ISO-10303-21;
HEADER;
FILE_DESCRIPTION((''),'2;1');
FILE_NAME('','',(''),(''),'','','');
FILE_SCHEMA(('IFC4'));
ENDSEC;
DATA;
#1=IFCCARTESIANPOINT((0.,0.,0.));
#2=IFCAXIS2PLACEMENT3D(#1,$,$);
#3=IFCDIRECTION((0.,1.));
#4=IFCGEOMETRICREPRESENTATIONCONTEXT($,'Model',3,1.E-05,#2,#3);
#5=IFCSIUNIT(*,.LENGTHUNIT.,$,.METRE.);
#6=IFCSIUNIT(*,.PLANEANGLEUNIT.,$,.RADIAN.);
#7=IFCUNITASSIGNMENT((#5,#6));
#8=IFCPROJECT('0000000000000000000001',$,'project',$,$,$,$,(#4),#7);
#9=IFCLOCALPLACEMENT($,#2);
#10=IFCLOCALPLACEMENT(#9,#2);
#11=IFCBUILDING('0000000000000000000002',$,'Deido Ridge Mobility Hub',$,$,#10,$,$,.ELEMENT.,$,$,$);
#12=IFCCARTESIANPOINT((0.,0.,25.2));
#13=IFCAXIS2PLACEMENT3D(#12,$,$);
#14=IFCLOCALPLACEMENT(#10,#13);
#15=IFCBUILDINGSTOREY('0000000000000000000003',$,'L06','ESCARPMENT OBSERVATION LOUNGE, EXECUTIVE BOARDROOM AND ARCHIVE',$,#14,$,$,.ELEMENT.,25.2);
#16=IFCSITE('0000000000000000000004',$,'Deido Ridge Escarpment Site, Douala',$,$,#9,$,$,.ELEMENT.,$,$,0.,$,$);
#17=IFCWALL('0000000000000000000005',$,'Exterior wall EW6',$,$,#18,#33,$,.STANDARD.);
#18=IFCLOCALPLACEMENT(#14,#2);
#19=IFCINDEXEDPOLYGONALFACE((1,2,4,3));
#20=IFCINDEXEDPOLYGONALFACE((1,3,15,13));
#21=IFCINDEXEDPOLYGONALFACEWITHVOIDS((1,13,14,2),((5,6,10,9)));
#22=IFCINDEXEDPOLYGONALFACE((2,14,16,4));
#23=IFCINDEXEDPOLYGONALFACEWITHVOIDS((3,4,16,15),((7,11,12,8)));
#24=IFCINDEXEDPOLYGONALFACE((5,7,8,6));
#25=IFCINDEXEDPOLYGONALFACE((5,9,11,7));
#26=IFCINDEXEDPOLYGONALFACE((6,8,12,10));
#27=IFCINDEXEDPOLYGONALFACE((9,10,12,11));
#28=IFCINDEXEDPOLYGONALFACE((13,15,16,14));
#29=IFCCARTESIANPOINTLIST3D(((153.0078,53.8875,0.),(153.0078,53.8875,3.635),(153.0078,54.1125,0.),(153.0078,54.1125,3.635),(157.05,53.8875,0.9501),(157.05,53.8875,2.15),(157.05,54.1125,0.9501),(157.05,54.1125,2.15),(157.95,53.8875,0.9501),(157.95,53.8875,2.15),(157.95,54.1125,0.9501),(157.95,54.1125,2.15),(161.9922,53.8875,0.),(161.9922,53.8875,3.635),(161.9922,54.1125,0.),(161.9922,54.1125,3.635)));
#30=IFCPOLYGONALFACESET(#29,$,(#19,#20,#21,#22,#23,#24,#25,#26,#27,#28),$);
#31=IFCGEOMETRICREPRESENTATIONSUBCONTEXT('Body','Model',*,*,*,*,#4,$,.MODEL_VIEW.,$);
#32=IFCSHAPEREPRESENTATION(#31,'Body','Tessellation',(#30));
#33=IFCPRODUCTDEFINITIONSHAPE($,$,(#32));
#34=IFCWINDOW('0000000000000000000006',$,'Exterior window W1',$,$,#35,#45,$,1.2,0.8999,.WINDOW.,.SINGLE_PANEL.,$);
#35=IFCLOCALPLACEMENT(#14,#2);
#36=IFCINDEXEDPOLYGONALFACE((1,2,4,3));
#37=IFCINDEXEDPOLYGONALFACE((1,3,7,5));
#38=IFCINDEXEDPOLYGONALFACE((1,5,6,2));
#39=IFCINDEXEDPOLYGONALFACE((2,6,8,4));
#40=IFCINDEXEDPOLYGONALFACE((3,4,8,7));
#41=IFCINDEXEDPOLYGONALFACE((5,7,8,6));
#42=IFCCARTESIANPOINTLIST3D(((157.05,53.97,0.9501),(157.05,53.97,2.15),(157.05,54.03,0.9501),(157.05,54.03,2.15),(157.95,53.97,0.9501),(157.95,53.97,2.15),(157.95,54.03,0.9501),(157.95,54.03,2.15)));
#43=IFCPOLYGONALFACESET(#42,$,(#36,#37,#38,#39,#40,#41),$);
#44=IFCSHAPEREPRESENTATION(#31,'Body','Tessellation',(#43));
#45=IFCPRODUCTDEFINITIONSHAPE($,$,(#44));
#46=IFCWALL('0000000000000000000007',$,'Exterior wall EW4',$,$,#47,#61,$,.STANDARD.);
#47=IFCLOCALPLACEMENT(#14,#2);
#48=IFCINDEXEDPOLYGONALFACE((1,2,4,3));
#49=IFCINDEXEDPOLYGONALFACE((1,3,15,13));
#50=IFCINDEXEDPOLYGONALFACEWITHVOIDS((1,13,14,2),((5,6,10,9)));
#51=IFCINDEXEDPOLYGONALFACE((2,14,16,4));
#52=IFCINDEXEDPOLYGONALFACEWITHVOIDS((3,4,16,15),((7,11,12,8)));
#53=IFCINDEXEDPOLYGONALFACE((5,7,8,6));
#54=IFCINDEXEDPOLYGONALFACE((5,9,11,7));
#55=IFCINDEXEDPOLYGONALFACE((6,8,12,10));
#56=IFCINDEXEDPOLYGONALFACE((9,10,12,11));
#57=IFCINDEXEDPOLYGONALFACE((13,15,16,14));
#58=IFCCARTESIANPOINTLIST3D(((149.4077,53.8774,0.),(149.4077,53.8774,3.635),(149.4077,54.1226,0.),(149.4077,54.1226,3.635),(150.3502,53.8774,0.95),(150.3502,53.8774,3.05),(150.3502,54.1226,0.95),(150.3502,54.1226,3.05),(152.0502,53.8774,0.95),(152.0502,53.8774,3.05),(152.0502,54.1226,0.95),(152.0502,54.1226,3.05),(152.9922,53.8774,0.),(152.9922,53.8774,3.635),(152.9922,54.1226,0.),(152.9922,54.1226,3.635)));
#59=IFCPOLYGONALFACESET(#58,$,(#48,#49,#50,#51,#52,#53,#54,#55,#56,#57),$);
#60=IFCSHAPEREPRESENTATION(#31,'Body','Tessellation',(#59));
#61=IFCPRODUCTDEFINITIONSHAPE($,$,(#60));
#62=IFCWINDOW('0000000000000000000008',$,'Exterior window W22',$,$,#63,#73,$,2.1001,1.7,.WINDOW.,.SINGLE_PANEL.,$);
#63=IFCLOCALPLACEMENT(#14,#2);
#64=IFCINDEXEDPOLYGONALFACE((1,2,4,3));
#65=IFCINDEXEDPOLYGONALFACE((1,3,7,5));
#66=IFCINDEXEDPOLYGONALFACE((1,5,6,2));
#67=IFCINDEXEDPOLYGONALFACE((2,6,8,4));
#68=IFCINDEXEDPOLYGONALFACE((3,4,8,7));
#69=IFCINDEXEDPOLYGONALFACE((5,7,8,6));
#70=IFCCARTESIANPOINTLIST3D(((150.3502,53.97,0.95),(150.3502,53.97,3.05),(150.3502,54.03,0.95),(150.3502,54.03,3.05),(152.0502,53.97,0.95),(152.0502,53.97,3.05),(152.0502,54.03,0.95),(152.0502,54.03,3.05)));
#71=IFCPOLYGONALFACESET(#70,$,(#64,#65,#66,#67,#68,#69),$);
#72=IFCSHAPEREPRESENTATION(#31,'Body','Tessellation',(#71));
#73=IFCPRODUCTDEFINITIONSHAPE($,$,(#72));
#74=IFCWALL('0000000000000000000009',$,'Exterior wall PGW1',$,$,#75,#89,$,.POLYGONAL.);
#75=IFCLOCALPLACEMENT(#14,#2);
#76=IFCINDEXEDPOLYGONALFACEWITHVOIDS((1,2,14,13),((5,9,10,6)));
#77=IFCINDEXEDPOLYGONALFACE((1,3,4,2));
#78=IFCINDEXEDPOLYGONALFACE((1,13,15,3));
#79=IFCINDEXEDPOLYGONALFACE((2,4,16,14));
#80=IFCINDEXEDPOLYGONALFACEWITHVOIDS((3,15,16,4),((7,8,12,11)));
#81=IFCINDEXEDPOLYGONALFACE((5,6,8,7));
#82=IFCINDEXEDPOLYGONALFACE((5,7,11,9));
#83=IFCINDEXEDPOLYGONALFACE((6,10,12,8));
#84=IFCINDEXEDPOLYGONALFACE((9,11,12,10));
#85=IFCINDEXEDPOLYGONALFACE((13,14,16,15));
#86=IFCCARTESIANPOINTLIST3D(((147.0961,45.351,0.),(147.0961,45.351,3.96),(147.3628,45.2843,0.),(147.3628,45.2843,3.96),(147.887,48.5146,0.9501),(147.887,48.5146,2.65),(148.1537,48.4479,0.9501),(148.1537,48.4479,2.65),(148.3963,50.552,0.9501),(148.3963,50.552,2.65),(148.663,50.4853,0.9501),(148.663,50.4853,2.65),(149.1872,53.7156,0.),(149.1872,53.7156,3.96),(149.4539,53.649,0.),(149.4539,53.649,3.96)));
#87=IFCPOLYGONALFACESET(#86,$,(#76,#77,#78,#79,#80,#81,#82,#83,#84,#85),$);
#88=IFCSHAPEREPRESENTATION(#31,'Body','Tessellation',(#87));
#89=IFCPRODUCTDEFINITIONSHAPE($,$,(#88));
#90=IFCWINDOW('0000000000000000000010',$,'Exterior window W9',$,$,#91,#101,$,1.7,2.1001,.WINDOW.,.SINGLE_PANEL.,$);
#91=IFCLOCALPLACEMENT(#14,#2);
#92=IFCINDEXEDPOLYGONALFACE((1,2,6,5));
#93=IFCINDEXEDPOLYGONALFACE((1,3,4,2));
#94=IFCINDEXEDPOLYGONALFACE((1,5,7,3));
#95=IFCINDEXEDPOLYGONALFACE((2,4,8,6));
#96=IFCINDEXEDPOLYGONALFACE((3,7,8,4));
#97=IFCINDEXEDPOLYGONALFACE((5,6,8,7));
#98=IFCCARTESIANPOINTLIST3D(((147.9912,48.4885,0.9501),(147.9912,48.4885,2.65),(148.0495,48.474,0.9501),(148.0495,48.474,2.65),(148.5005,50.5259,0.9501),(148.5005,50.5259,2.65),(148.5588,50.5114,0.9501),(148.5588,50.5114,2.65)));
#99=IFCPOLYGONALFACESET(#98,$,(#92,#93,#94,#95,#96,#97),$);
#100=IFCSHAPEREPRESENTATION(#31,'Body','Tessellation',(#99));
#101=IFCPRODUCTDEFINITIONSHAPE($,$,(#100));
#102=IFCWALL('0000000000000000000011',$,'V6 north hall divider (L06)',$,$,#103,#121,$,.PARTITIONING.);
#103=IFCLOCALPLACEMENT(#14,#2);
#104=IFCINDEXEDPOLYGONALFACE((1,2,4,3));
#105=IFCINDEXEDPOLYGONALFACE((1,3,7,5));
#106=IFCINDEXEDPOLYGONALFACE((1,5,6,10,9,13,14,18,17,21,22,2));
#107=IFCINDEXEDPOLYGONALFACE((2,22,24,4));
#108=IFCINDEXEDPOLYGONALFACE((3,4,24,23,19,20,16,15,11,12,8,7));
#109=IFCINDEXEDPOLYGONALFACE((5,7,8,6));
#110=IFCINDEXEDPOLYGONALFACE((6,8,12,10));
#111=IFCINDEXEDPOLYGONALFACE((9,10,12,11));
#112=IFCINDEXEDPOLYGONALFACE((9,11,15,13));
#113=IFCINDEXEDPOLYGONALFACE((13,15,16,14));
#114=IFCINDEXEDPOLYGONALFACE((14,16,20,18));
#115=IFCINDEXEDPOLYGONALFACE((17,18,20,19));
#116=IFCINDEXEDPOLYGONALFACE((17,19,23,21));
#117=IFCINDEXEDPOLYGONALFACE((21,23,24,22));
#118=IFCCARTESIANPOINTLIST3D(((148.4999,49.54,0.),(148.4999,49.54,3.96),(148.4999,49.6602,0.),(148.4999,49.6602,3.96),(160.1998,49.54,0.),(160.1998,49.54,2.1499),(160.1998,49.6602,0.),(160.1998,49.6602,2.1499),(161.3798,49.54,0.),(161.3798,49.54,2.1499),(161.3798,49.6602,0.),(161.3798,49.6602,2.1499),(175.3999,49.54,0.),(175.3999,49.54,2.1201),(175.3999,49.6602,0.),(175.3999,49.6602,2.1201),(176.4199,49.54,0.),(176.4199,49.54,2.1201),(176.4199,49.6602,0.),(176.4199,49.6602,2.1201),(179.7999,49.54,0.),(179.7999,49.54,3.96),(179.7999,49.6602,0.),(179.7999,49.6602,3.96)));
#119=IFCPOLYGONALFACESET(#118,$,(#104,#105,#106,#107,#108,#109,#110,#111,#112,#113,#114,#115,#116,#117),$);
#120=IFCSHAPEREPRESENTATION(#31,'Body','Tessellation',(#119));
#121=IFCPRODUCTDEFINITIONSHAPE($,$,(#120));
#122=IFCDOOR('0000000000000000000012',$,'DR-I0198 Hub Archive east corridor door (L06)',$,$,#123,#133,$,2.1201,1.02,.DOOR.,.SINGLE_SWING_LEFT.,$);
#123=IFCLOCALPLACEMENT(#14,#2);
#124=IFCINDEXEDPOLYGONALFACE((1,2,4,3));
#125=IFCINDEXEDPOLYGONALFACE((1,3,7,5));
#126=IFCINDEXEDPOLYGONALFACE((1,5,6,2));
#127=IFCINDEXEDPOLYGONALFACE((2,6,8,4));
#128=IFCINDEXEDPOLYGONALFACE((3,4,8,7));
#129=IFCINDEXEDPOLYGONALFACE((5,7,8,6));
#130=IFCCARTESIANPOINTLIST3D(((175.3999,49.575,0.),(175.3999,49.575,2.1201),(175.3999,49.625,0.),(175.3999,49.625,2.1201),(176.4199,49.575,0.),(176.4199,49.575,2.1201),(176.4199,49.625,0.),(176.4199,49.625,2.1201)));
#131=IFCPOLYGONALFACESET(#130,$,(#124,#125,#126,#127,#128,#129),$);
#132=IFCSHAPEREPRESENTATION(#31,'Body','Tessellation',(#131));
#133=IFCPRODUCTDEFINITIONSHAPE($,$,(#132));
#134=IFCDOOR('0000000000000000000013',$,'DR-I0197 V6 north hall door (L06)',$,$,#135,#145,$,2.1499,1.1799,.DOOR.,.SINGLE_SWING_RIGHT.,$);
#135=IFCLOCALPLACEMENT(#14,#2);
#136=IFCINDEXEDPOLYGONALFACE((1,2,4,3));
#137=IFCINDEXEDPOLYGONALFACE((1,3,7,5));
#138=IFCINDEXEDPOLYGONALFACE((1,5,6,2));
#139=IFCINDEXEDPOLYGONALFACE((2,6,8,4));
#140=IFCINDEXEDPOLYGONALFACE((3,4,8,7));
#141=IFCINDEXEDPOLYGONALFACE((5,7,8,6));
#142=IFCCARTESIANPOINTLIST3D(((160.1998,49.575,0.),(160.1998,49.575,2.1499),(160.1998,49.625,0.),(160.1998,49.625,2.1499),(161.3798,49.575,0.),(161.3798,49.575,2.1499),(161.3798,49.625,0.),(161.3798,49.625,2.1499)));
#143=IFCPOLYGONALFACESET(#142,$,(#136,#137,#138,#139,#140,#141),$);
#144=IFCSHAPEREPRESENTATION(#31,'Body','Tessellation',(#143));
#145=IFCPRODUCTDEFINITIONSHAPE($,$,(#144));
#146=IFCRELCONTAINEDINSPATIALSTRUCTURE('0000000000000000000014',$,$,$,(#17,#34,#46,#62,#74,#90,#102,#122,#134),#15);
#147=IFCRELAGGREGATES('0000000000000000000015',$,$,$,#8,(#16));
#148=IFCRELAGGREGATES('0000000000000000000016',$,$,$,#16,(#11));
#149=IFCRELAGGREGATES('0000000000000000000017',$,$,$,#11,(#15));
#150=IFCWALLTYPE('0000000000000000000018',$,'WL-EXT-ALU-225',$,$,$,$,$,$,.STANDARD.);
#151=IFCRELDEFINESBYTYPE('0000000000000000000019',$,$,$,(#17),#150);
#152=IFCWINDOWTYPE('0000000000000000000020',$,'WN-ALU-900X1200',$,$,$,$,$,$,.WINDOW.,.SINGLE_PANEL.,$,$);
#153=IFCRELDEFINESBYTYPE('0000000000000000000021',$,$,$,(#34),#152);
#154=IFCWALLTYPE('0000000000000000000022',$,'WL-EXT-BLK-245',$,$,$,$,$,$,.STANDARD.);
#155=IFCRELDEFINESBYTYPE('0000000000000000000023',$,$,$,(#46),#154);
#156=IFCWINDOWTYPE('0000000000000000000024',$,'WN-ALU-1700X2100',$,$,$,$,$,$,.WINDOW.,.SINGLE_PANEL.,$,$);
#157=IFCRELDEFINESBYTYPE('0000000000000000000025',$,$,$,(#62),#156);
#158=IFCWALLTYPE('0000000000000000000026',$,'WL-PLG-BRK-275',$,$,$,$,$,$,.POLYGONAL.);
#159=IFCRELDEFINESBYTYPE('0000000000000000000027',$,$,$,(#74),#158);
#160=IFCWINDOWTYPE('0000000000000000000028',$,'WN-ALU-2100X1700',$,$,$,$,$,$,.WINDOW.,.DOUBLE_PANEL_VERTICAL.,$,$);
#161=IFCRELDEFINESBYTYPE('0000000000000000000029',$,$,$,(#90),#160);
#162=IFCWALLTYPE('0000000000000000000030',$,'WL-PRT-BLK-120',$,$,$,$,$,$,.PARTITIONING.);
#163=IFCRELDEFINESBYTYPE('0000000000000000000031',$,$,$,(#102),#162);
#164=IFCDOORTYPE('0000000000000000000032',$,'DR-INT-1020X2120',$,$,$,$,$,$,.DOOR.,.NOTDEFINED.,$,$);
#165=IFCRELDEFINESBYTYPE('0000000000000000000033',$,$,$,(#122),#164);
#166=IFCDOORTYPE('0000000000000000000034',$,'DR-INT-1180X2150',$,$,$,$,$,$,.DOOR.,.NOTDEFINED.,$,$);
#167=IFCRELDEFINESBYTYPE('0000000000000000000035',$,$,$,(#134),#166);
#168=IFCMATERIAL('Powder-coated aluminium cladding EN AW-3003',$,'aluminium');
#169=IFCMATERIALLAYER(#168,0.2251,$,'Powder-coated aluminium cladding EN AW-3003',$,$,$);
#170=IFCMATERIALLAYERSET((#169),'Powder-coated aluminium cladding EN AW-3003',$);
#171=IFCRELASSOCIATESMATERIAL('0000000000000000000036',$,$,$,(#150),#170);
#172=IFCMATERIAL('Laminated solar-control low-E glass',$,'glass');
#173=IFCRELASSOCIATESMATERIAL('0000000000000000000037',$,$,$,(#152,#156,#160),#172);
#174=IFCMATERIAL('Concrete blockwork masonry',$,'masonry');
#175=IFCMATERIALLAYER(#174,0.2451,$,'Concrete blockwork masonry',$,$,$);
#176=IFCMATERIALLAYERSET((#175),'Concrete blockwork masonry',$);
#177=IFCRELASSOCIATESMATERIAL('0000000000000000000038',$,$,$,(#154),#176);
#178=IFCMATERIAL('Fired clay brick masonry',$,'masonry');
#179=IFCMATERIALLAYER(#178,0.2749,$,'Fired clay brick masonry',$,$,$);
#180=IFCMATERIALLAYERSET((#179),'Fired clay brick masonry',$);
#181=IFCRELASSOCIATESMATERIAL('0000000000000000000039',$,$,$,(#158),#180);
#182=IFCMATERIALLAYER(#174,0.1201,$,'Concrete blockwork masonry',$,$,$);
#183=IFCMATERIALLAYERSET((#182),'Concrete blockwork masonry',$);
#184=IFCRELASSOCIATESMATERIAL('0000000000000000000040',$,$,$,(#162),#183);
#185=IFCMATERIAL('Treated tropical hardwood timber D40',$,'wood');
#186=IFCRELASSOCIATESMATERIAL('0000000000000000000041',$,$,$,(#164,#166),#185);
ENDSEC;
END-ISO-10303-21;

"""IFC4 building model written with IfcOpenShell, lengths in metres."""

from ifc_helpers import new_model, si_unit, direction, frame, frame_2d, origin, place, context, subcontext, project, spatial, rectangle, extrude, material, layer, layer_set, type_object, element, fill, save


model = new_model("IFC4")

# Units and contexts
model_context = context("Model", 3, precision=1e-05, world=origin(), true_north=direction((0.0, 1.0)))
body_context = subcontext(model_context, "Body", "Model", "MODEL_VIEW")
ifc_project = project(units=[si_unit("LENGTHUNIT", "METRE"), si_unit("PLANEANGLEUNIT", "RADIAN")], contexts=[model_context])

# Site, building, storey
site_placement = place(None, origin())
site = spatial("IfcSite", under=ifc_project, at=site_placement, Name="Deido Ridge Escarpment Site, Douala", CompositionType="ELEMENT", RefElevation=0.0)
building_placement = place(site_placement, origin())
building = spatial("IfcBuilding", under=site, at=building_placement, Name="Deido Ridge Mobility Hub", CompositionType="ELEMENT")
storey_placement = place(building_placement, frame((0.0, 0.0, 25.2)))
storey = spatial("IfcBuildingStorey", under=building, at=storey_placement, Name="L06", Description="ESCARPMENT OBSERVATION LOUNGE, EXECUTIVE BOARDROOM AND ARCHIVE", CompositionType="ELEMENT", Elevation=25.2)

# Shared definitions
ifc_material_1 = material(Name="Laminated solar-control low-E glass", Category="glass")

# Walls, openings, windows
ifc_material_2 = material(Name="Powder-coated aluminium cladding EN AW-3003", Category="aluminium")
ifc_layer_1 = layer(ifc_material_2, 0.2251, Name="Powder-coated aluminium cladding EN AW-3003")
ifc_layer_set_1 = layer_set([ifc_layer_1], Name="Powder-coated aluminium cladding EN AW-3003")
wall_type_1 = type_object("IfcWallType", Name="WL-EXT-ALU-225", PredefinedType="STANDARD", material=ifc_layer_set_1)
wall_1_placement = place(storey_placement, frame((153.0078, 54.0, 0.0), z_axis=(0.0, 0.0, 1.0), x_axis=(1.0, 0.0, 0.0)))
wall_1 = element("IfcWall", 1, at=wall_1_placement, inside=storey, type_object=wall_type_1, Name="Exterior wall EW6", PredefinedType="STANDARD", context=body_context, shape_type="SweptSolid", body=[
    extrude(rectangle(XDim=8.9844, YDim=0.2251, at=frame_2d((4.4922, 0.0))), origin(), (0.0, 0.0, 1.0), 3.635),
])
opening_1_placement = place(wall_1_placement, frame((4.0422, 0.0, 0.95)))
opening_1 = element("IfcOpeningElement", 2, at=opening_1_placement, cuts=wall_1, PredefinedType="OPENING", context=body_context, shape_type="SweptSolid", body=[
    extrude(rectangle(XDim=0.8999, YDim=1.2, at=frame_2d((0.45, 0.6001))), frame((0.0, 0.1226, 0.0), z_axis=(0.0, -1.0, 0.0), x_axis=(1.0, 0.0, 0.0)), (0.0, 0.0, 1.0), 0.2451),
])
window_type_1 = type_object("IfcWindowType", Name="WN-ALU-900X1200", PartitioningType="SINGLE_PANEL", PredefinedType="WINDOW", material=ifc_material_1)
window_1_placement = place(opening_1_placement, origin())
window_1 = element("IfcWindow", 3, at=window_1_placement, inside=storey, type_object=window_type_1, Name="Exterior window W1", OverallHeight=1.2, OverallWidth=0.8999, PartitioningType="SINGLE_PANEL", PredefinedType="WINDOW", context=body_context, shape_type="SweptSolid", body=[
    extrude(rectangle(XDim=0.8999, YDim=1.2, at=frame_2d((0.45, 0.6001))), frame((0.0, 0.03, 0.0), z_axis=(0.0, -1.0, 0.0), x_axis=(1.0, 0.0, 0.0)), (0.0, 0.0, 1.0), 0.0601),
])
fill(opening_1, window_1)
ifc_material_3 = material(Name="Concrete blockwork masonry", Category="masonry")
ifc_layer_2 = layer(ifc_material_3, 0.2451, Name="Concrete blockwork masonry")
ifc_layer_set_2 = layer_set([ifc_layer_2], Name="Concrete blockwork masonry")
wall_type_2 = type_object("IfcWallType", Name="WL-EXT-BLK-245", PredefinedType="STANDARD", material=ifc_layer_set_2)
wall_2_placement = place(storey_placement, frame((149.4077, 54.0, 0.0), z_axis=(0.0, 0.0, 1.0), x_axis=(1.0, 0.0, 0.0)))
wall_2 = element("IfcWall", 4, at=wall_2_placement, inside=storey, type_object=wall_type_2, Name="Exterior wall EW4", PredefinedType="STANDARD", context=body_context, shape_type="SweptSolid", body=[
    extrude(rectangle(XDim=3.5845, YDim=0.2451, at=frame_2d((1.7922, 0.0))), origin(), (0.0, 0.0, 1.0), 3.635),
])
opening_2_placement = place(wall_2_placement, frame((0.9424, 0.0, 0.95)))
opening_2 = element("IfcOpeningElement", 5, at=opening_2_placement, cuts=wall_2, PredefinedType="OPENING", context=body_context, shape_type="SweptSolid", body=[
    extrude(rectangle(XDim=1.7, YDim=2.1001, at=frame_2d((0.8501, 1.05))), frame((0.0, 0.1326, 0.0), z_axis=(0.0, -1.0, 0.0), x_axis=(1.0, 0.0, 0.0)), (0.0, 0.0, 1.0), 0.2651),
])
window_type_2 = type_object("IfcWindowType", Name="WN-ALU-1700X2100", PartitioningType="SINGLE_PANEL", PredefinedType="WINDOW", material=ifc_material_1)
window_2_placement = place(opening_2_placement, origin())
window_2 = element("IfcWindow", 6, at=window_2_placement, inside=storey, type_object=window_type_2, Name="Exterior window W22", OverallHeight=2.1001, OverallWidth=1.7, PartitioningType="SINGLE_PANEL", PredefinedType="WINDOW", context=body_context, shape_type="SweptSolid", body=[
    extrude(rectangle(XDim=1.7, YDim=2.1001, at=frame_2d((0.8501, 1.05))), frame((0.0, 0.03, 0.0), z_axis=(0.0, -1.0, 0.0), x_axis=(1.0, 0.0, 0.0)), (0.0, 0.0, 1.0), 0.0601),
])
fill(opening_2, window_2)
ifc_material_4 = material(Name="Fired clay brick masonry", Category="masonry")
ifc_layer_3 = layer(ifc_material_4, 0.2749, Name="Fired clay brick masonry")
ifc_layer_set_3 = layer_set([ifc_layer_3], Name="Fired clay brick masonry")
wall_type_3 = type_object("IfcWallType", Name="WL-PLG-BRK-275", PredefinedType="POLYGONAL", material=ifc_layer_set_3)
wall_3_placement = place(storey_placement, frame((147.2295, 45.3176, 0.0), z_axis=(0.0, 0.0, 1.0), x_axis=(0.242522, 0.970146, 0.0)))
wall_3 = element("IfcWall", 7, at=wall_3_placement, inside=storey, type_object=wall_type_3, Name="Exterior wall PGW1", PredefinedType="POLYGONAL", context=body_context, shape_type="SweptSolid", body=[
    extrude(rectangle(XDim=8.6221, YDim=0.2749, at=frame_2d((4.311, 0.0))), origin(), (0.0, 0.0, 1.0), 3.96),
])
opening_3_placement = place(wall_3_placement, frame((3.261, 0.0, 0.95)))
opening_3 = element("IfcOpeningElement", 8, at=opening_3_placement, cuts=wall_3, PredefinedType="OPENING", context=body_context, shape_type="SweptSolid", body=[
    extrude(rectangle(XDim=2.1001, YDim=1.7, at=frame_2d((1.05, 0.8501))), frame((0.0, 0.1475, 0.0), z_axis=(0.0, -1.0, 0.0), x_axis=(1.0, 0.0, 0.0)), (0.0, 0.0, 1.0), 0.2949),
])
window_type_3 = type_object("IfcWindowType", Name="WN-ALU-2100X1700", PartitioningType="DOUBLE_PANEL_VERTICAL", PredefinedType="WINDOW", material=ifc_material_1)
window_3_placement = place(opening_3_placement, origin())
window_3 = element("IfcWindow", 9, at=window_3_placement, inside=storey, type_object=window_type_3, Name="Exterior window W9", OverallHeight=1.7, OverallWidth=2.1001, PartitioningType="SINGLE_PANEL", PredefinedType="WINDOW", context=body_context, shape_type="SweptSolid", body=[
    extrude(rectangle(XDim=2.1001, YDim=1.7, at=frame_2d((1.05, 0.8501))), frame((0.0, 0.03, 0.0), z_axis=(0.0, -1.0, 0.0), x_axis=(1.0, 0.0, 0.0)), (0.0, 0.0, 1.0), 0.0601),
])
fill(opening_3, window_3)

# Wall, openings, doors
ifc_layer_4 = layer(ifc_material_3, 0.1201, Name="Concrete blockwork masonry")
ifc_layer_set_4 = layer_set([ifc_layer_4], Name="Concrete blockwork masonry")
wall_type_4 = type_object("IfcWallType", Name="WL-PRT-BLK-120", PredefinedType="PARTITIONING", material=ifc_layer_set_4)
wall_4_placement = place(storey_placement, frame((148.5, 49.6001, 0.0), z_axis=(0.0, 0.0, 1.0), x_axis=(1.0, 0.0, 0.0)))
wall_4 = element("IfcWall", 10, at=wall_4_placement, inside=storey, type_object=wall_type_4, Name="V6 north hall divider (L06)", PredefinedType="PARTITIONING", context=body_context, shape_type="SweptSolid", body=[
    extrude(rectangle(XDim=31.3, YDim=0.1201, at=frame_2d((15.6499, 0.0))), origin(), (0.0, 0.0, 1.0), 3.96),
])
opening_4_placement = place(wall_4_placement, frame((11.7, 0.0, 0.0)))
opening_4 = element("IfcOpeningElement", 11, at=opening_4_placement, cuts=wall_4, PredefinedType="OPENING", context=body_context, shape_type="SweptSolid", body=[
    extrude(rectangle(XDim=1.1799, YDim=2.1499, at=frame_2d((0.5898, 1.075))), frame((0.0, 0.0701, 0.0), z_axis=(0.0, -1.0, 0.0), x_axis=(1.0, 0.0, 0.0)), (0.0, 0.0, 1.0), 0.1401),
])
opening_5_placement = place(wall_4_placement, frame((26.8999, 0.0, 0.0)))
opening_5 = element("IfcOpeningElement", 12, at=opening_5_placement, cuts=wall_4, PredefinedType="OPENING", context=body_context, shape_type="SweptSolid", body=[
    extrude(rectangle(XDim=1.02, YDim=2.1201, at=frame_2d((0.51, 1.0601))), frame((0.0, 0.0701, 0.0), z_axis=(0.0, -1.0, 0.0), x_axis=(1.0, 0.0, 0.0)), (0.0, 0.0, 1.0), 0.1401),
])
ifc_material_5 = material(Name="Treated tropical hardwood timber D40", Category="wood")
door_type_1 = type_object("IfcDoorType", Name="DR-INT-1020X2120", OperationType="NOTDEFINED", PredefinedType="DOOR", material=ifc_material_5)
door_1_placement = place(opening_5_placement, origin())
door_1 = element("IfcDoor", 13, at=door_1_placement, inside=storey, type_object=door_type_1, Name="DR-I0198 Hub Archive east corridor door (L06)", OperationType="SINGLE_SWING_LEFT", OverallHeight=2.1201, OverallWidth=1.02, PredefinedType="DOOR", context=body_context, shape_type="SweptSolid", body=[
    extrude(rectangle(XDim=1.02, YDim=2.1201, at=frame_2d((0.51, 1.0601))), frame((0.0, 0.0249, 0.0), z_axis=(0.0, -1.0, 0.0), x_axis=(1.0, 0.0, 0.0)), (0.0, 0.0, 1.0), 0.05),
])
fill(opening_5, door_1)
door_type_2 = type_object("IfcDoorType", Name="DR-INT-1180X2150", OperationType="NOTDEFINED", PredefinedType="DOOR", material=ifc_material_5)
door_2_placement = place(opening_4_placement, origin())
door_2 = element("IfcDoor", 14, at=door_2_placement, inside=storey, type_object=door_type_2, Name="DR-I0197 V6 north hall door (L06)", OperationType="SINGLE_SWING_RIGHT", OverallHeight=2.1499, OverallWidth=1.1799, PredefinedType="DOOR", context=body_context, shape_type="SweptSolid", body=[
    extrude(rectangle(XDim=1.1799, YDim=2.1499, at=frame_2d((0.5898, 1.075))), frame((0.0, 0.0249, 0.0), z_axis=(0.0, -1.0, 0.0), x_axis=(1.0, 0.0, 0.0)), (0.0, 0.0, 1.0), 0.05),
])
fill(opening_4, door_2)

save(model, "model.ifc")
